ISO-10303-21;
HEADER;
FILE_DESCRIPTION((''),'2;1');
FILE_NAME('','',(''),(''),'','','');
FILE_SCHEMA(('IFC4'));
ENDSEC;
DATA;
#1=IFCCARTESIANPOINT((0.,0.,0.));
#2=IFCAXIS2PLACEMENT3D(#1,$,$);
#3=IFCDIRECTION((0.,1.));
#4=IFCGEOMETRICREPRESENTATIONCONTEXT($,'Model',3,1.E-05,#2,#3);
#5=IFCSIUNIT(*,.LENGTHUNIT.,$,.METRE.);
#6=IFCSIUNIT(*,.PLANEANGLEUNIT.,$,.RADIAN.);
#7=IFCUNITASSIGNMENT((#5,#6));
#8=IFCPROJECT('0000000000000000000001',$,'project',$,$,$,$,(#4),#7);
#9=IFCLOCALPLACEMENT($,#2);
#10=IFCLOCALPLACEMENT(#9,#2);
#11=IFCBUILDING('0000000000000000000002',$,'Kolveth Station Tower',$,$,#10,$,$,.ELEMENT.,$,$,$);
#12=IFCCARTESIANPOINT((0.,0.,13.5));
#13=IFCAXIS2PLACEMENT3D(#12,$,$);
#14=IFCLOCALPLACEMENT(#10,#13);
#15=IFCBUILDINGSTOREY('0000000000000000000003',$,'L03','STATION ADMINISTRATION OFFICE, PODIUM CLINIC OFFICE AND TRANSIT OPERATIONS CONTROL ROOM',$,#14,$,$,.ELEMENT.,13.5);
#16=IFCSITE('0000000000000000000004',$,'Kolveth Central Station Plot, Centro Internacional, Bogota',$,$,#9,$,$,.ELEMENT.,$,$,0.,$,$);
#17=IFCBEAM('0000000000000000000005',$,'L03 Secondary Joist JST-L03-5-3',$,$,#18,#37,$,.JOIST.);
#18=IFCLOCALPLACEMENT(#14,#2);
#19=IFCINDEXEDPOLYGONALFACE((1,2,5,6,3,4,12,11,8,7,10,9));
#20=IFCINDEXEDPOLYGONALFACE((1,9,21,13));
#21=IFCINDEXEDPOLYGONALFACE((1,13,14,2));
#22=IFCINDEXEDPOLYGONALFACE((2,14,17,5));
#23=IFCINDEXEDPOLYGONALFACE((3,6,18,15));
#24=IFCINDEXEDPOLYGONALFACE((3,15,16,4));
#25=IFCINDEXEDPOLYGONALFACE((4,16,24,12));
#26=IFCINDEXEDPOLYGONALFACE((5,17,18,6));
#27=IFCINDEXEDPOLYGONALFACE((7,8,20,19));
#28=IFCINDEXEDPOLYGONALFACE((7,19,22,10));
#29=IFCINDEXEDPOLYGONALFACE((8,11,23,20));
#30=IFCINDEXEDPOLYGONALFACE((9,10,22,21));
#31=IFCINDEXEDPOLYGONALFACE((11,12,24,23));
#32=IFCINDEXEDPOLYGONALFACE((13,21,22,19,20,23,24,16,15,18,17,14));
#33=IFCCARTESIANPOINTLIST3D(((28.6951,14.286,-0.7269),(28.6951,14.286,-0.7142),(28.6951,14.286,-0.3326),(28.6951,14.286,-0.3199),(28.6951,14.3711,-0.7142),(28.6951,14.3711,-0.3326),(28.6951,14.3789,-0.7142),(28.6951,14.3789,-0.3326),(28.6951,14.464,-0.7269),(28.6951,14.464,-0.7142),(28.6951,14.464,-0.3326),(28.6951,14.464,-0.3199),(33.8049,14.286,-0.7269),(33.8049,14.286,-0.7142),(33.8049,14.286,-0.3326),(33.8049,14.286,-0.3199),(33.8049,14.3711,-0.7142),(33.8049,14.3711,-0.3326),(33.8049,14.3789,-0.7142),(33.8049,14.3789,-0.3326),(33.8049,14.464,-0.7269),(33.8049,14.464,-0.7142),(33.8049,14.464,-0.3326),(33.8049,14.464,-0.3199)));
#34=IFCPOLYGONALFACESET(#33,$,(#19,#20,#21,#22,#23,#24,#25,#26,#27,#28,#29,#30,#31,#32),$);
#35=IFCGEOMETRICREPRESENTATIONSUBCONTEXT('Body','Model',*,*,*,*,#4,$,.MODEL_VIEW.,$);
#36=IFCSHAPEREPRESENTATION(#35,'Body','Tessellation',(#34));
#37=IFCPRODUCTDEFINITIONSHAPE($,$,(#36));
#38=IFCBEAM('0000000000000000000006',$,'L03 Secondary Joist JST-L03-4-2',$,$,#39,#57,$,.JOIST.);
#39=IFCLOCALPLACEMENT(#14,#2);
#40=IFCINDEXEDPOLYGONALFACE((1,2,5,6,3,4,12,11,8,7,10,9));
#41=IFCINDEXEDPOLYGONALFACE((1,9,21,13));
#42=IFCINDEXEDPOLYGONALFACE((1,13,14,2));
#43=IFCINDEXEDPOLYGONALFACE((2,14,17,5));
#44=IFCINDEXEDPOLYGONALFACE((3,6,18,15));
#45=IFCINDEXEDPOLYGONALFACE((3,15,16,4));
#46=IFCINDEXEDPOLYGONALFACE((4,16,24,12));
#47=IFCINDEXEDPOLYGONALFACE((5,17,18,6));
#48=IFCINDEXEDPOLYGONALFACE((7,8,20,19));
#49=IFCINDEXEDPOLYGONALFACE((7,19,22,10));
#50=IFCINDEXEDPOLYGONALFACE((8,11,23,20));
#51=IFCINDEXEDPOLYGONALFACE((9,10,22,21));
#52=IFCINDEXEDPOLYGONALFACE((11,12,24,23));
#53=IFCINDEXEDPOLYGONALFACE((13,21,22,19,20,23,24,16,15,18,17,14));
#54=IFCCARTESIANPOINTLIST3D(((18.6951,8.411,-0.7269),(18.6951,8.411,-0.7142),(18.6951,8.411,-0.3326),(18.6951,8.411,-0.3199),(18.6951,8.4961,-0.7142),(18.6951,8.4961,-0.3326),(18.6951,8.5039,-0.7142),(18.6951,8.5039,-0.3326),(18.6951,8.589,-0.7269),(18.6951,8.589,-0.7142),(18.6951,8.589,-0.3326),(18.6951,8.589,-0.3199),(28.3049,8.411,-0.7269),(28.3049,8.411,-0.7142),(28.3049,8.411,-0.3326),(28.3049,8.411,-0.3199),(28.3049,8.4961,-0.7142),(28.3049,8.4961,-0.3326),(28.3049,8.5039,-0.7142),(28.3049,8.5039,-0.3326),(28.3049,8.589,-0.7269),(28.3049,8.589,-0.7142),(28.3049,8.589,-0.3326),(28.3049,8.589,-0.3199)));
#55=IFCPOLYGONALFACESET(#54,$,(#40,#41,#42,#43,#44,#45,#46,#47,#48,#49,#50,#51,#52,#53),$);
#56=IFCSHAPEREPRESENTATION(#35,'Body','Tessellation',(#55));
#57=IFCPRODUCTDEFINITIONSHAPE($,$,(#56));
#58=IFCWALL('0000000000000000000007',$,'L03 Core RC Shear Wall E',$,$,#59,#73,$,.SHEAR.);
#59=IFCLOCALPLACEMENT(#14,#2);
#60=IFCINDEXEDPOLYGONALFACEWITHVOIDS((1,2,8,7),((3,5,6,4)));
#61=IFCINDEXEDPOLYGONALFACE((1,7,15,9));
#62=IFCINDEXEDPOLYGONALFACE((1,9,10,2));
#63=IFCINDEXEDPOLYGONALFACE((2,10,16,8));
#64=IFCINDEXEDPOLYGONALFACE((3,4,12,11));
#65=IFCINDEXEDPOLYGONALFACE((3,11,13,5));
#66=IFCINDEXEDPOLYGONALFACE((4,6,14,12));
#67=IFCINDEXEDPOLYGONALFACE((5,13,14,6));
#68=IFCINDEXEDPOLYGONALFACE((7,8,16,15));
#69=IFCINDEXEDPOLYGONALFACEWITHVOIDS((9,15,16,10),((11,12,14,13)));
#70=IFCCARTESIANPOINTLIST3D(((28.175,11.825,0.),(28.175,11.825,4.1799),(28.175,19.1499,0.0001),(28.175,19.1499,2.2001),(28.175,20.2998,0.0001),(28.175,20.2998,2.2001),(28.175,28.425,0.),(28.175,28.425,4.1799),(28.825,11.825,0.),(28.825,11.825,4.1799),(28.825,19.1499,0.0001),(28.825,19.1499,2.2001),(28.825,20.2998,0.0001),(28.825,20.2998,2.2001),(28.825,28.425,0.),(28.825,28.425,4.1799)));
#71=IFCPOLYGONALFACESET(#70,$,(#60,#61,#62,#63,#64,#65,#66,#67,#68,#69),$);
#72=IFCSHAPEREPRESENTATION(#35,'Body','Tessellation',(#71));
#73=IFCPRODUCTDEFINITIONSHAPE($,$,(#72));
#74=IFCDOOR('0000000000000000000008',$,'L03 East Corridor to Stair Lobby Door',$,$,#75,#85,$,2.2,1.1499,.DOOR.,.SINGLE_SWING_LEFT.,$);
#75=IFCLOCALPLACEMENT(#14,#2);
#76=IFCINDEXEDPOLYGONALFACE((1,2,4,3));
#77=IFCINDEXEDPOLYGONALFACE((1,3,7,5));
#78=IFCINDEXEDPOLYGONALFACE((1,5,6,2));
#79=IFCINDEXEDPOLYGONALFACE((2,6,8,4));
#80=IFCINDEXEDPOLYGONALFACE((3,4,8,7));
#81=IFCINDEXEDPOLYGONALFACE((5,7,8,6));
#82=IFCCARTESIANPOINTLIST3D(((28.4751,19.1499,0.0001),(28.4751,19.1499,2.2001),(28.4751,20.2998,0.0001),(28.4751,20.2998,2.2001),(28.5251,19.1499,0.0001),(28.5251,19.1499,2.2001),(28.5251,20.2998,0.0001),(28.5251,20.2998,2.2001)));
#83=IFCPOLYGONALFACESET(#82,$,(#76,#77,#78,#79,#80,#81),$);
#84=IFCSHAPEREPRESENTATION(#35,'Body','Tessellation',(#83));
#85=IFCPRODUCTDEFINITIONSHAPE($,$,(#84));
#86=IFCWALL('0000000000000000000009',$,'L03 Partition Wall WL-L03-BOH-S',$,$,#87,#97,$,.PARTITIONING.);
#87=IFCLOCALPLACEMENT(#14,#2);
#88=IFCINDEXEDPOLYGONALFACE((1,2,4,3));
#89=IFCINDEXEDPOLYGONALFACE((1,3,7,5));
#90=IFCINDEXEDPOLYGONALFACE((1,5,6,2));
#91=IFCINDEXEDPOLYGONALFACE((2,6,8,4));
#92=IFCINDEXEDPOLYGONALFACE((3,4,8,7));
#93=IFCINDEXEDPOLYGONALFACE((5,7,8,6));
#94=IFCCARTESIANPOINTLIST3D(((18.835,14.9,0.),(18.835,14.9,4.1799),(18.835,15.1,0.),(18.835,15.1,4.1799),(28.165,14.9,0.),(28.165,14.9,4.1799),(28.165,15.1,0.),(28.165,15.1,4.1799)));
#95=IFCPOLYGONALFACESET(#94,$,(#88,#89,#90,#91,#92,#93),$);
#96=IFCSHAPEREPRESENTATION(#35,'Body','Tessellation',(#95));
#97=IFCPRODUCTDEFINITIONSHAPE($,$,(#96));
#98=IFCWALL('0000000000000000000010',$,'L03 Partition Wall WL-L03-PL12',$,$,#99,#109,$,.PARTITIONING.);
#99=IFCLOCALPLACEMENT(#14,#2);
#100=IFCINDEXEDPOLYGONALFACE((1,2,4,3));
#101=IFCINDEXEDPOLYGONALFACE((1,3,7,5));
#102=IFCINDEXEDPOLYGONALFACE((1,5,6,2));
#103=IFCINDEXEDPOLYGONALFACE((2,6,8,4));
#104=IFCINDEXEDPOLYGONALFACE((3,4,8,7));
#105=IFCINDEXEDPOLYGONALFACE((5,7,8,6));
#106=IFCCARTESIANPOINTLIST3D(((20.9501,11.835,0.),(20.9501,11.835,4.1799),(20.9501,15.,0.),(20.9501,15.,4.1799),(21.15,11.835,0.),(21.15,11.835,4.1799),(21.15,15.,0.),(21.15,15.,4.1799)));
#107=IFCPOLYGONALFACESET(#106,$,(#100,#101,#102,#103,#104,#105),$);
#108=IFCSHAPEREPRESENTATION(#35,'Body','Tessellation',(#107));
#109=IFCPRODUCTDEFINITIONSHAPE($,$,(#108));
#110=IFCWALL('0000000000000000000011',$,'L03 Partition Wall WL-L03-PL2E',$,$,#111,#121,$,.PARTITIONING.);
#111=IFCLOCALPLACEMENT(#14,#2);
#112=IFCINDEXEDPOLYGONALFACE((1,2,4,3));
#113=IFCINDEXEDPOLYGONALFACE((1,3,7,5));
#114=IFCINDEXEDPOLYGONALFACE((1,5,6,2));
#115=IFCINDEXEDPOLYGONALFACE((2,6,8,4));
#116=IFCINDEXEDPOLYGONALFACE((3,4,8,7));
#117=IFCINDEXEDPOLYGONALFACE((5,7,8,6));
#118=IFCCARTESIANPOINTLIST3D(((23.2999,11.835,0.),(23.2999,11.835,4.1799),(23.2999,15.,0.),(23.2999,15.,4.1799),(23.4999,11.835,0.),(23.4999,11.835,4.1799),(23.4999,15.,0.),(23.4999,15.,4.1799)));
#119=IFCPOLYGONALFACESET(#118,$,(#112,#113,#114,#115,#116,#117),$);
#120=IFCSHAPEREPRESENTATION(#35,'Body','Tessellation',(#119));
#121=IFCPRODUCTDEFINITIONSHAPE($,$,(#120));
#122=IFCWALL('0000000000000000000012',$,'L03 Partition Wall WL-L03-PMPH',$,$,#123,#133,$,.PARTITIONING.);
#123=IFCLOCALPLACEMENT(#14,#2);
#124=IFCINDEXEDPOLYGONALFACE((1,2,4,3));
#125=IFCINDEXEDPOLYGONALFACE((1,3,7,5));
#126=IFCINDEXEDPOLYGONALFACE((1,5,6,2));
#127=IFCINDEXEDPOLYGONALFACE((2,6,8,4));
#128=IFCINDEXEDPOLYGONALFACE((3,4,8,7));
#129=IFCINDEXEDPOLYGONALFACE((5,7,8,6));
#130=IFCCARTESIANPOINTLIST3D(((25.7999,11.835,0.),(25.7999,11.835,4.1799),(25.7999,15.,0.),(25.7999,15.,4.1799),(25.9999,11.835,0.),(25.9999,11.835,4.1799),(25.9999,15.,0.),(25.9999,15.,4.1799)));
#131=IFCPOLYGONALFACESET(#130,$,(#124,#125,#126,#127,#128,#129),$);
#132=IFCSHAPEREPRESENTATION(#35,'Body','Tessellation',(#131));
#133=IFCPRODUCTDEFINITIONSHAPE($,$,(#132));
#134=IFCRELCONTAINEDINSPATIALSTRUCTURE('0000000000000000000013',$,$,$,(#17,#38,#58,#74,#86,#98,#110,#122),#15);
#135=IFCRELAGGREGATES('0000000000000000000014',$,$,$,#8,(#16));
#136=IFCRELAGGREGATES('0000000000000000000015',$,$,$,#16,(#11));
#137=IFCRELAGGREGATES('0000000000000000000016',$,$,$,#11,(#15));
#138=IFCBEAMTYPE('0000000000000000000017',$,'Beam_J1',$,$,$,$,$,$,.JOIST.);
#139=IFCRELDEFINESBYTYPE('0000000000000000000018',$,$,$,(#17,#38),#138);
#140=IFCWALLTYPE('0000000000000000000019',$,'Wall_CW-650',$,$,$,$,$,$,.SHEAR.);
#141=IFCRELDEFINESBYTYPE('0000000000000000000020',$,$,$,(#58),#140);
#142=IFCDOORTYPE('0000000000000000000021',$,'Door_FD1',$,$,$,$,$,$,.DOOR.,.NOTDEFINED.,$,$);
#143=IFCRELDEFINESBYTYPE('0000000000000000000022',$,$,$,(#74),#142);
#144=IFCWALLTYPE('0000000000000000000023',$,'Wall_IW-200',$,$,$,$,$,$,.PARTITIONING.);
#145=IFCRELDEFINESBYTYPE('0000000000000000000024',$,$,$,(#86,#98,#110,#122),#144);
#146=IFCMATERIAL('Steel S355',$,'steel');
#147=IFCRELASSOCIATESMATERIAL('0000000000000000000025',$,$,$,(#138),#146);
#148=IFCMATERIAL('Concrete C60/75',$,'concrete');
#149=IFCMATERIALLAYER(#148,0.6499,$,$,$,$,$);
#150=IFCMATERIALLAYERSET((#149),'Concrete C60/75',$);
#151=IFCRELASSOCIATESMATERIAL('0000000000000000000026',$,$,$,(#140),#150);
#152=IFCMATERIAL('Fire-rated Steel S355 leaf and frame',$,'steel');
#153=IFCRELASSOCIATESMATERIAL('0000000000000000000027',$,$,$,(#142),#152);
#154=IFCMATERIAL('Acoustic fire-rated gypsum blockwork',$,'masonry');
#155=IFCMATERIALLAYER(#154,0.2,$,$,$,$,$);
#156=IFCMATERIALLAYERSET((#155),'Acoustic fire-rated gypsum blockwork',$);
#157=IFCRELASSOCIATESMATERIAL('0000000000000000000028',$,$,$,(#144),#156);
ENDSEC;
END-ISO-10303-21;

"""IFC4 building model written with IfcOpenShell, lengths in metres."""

from ifc_helpers import new_model, si_unit, direction, frame, frame_2d, origin, origin_2d, place, context, subcontext, project, spatial, rectangle, i_section, extrude, source, transform, mapped, material, layer, layer_set, material_profile, profile_set, type_object, element, fill, save


model = new_model("IFC4")

# Units and contexts
model_context = context("Model", 3, precision=1e-05, world=origin(), true_north=direction((0.0, 1.0)))
body_context = subcontext(model_context, "Body", "Model", "MODEL_VIEW")
ifc_project = project(units=[si_unit("LENGTHUNIT", "METRE"), si_unit("PLANEANGLEUNIT", "RADIAN")], contexts=[model_context])

# Site, building, storey
site_placement = place(None, origin())
site = spatial("IfcSite", under=ifc_project, at=site_placement, Name="Kolveth Central Station Plot, Centro Internacional, Bogota", CompositionType="ELEMENT", RefElevation=0.0)
building_placement = place(site_placement, origin())
building = spatial("IfcBuilding", under=site, at=building_placement, Name="Kolveth Station Tower", CompositionType="ELEMENT")
storey_placement = place(building_placement, frame((0.0, 0.0, 13.5)))
storey = spatial("IfcBuildingStorey", under=building, at=storey_placement, Name="L03", Description="STATION ADMINISTRATION OFFICE, PODIUM CLINIC OFFICE AND TRANSIT OPERATIONS CONTROL ROOM", CompositionType="ELEMENT", Elevation=13.5)

# Beams
ifc_material_1 = material(Name="Steel S355", Category="steel")
ifc_material_2 = material(Name="Concrete C60/75", Category="concrete")
ifc_material_profile_1 = material_profile(ifc_material_1, i_section(OverallWidth=0.178, OverallDepth=0.407, WebThickness=0.0078, FlangeThickness=0.0127, at=origin_2d()), Name="W410x60")
ifc_profile_set_1 = profile_set([ifc_material_profile_1], Name="Steel S355")
beam_type_1 = type_object("IfcBeamType", Name="Beam_J1", PredefinedType="JOIST", material=ifc_profile_set_1)
shared_shape_1 = source(origin(), body_context, "Body", "SweptSolid", [
    extrude(i_section(OverallWidth=0.178, OverallDepth=0.407, WebThickness=0.0078, FlangeThickness=0.0127, at=origin_2d()), origin(), (0.0, 0.0, 1.0), 5.1099),
])
for number, where, z_axis, x_axis, name in (
    (1, (28.6951, 14.375, -0.5234), (1.0, 0.0, 0.0), (0.0, 1.0, 0.0), "L03 Secondary Joist JST-L03-5-3"),
):
    element("IfcBeam", number, at=place(storey_placement, frame(where, z_axis=z_axis, x_axis=x_axis)), inside=storey, type_object=beam_type_1, Name=name, PredefinedType="JOIST", context=body_context, shape_type="MappedRepresentation", body=[
        mapped(shared_shape_1, transform((0.0, 0.0, 0.0), x_axis=(1.0, 0.0, 0.0), y_axis=(0.0, 1.0, 0.0), z_axis=(0.0, 0.0, 1.0), scale=1.0)),
    ])
shared_shape_2 = source(origin(), body_context, "Body", "SweptSolid", [
    extrude(i_section(OverallWidth=0.178, OverallDepth=0.407, WebThickness=0.0078, FlangeThickness=0.0127, at=origin_2d()), origin(), (0.0, 0.0, 1.0), 9.6099),
])
beam_1_placement = place(storey_placement, frame((18.6951, 8.5, -0.5234), z_axis=(1.0, 0.0, 0.0), x_axis=(0.0, 1.0, 0.0)))
element("IfcBeam", 2, at=beam_1_placement, inside=storey, type_object=beam_type_1, Name="L03 Secondary Joist JST-L03-4-2", PredefinedType="JOIST", context=body_context, shape_type="MappedRepresentation", body=[
    mapped(shared_shape_2, transform((0.0, 0.0, 0.0), x_axis=(1.0, 0.0, 0.0), y_axis=(0.0, 1.0, 0.0), z_axis=(0.0, 0.0, 1.0), scale=1.0)),
])

# Wall, opening, door
ifc_layer_1 = layer(ifc_material_2, 0.6499)
ifc_layer_set_1 = layer_set([ifc_layer_1], Name="Concrete C60/75")
wall_type_1 = type_object("IfcWallType", Name="Wall_CW-650", PredefinedType="SHEAR", material=ifc_layer_set_1)
wall_1_placement = place(storey_placement, frame((28.5, 11.825, 0.0), z_axis=(0.0, 0.0, 1.0), x_axis=(0.0, 1.0, 0.0)))
wall_1 = element("IfcWall", 3, at=wall_1_placement, inside=storey, type_object=wall_type_1, Name="L03 Core RC Shear Wall E", PredefinedType="SHEAR", context=body_context, shape_type="SweptSolid", body=[
    extrude(rectangle(XDim=16.6001, YDim=0.6499, at=frame_2d((8.3, 0.0))), origin(), (0.0, 0.0, 1.0), 4.1799),
])
opening_placement = place(wall_1_placement, frame((7.325, 0.0, 0.0)))
opening = element("IfcOpeningElement", 4, at=opening_placement, cuts=wall_1, PredefinedType="OPENING", context=body_context, shape_type="SweptSolid", body=[
    extrude(rectangle(XDim=1.1499, YDim=2.2, at=frame_2d((0.575, 1.1001))), frame((0.0, 0.335, 0.0), z_axis=(0.0, -1.0, 0.0), x_axis=(1.0, 0.0, 0.0)), (0.0, 0.0, 1.0), 0.6699),
])
ifc_material_3 = material(Name="Fire-rated Steel S355 leaf and frame", Category="steel")
door_type = type_object("IfcDoorType", Name="Door_FD1", OperationType="NOTDEFINED", PredefinedType="DOOR", material=ifc_material_3)
door_placement = place(opening_placement, origin())
door = element("IfcDoor", 5, at=door_placement, inside=storey, type_object=door_type, Name="L03 East Corridor to Stair Lobby Door", OperationType="SINGLE_SWING_LEFT", OverallHeight=2.2, OverallWidth=1.1499, PredefinedType="DOOR", context=body_context, shape_type="SweptSolid", body=[
    extrude(rectangle(XDim=1.1499, YDim=2.2, at=frame_2d((0.575, 1.1001))), frame((0.0, 0.0249, 0.0), z_axis=(0.0, -1.0, 0.0), x_axis=(1.0, 0.0, 0.0)), (0.0, 0.0, 1.0), 0.05),
])
fill(opening, door)

# Walls
ifc_material_4 = material(Name="Acoustic fire-rated gypsum blockwork", Category="masonry")
ifc_layer_2 = layer(ifc_material_4, 0.2)
ifc_layer_set_2 = layer_set([ifc_layer_2], Name="Acoustic fire-rated gypsum blockwork")
wall_type_2 = type_object("IfcWallType", Name="Wall_IW-200", PredefinedType="PARTITIONING", material=ifc_layer_set_2)
wall_2_placement = place(storey_placement, frame((18.835, 15.0, 0.0), z_axis=(0.0, 0.0, 1.0), x_axis=(1.0, 0.0, 0.0)))
element("IfcWall", 6, at=wall_2_placement, inside=storey, type_object=wall_type_2, Name="L03 Partition Wall WL-L03-BOH-S", PredefinedType="PARTITIONING", context=body_context, shape_type="SweptSolid", body=[
    extrude(rectangle(XDim=9.3301, YDim=0.2, at=frame_2d((4.665, 0.0))), origin(), (0.0, 0.0, 1.0), 4.1799),
])
for number, where, z_axis, x_axis, name in (
    (7, (21.05, 11.835, 0.0), (0.0, 0.0, 1.0), (0.0, 1.0, 0.0), "L03 Partition Wall WL-L03-PL12"),
    (8, (23.3999, 11.835, 0.0), (0.0, 0.0, 1.0), (0.0, 1.0, 0.0), "L03 Partition Wall WL-L03-PL2E"),
    (9, (25.8999, 11.835, 0.0), (0.0, 0.0, 1.0), (0.0, 1.0, 0.0), "L03 Partition Wall WL-L03-PMPH"),
):
    element("IfcWall", number, at=place(storey_placement, frame(where, z_axis=z_axis, x_axis=x_axis)), inside=storey, type_object=wall_type_2, Name=name, PredefinedType="PARTITIONING", context=body_context, shape_type="SweptSolid", body=[
        extrude(rectangle(XDim=3.165, YDim=0.2, at=frame_2d((1.5825, 0.0))), origin(), (0.0, 0.0, 1.0), 4.1799),
    ])

save(model, "model.ifc")
